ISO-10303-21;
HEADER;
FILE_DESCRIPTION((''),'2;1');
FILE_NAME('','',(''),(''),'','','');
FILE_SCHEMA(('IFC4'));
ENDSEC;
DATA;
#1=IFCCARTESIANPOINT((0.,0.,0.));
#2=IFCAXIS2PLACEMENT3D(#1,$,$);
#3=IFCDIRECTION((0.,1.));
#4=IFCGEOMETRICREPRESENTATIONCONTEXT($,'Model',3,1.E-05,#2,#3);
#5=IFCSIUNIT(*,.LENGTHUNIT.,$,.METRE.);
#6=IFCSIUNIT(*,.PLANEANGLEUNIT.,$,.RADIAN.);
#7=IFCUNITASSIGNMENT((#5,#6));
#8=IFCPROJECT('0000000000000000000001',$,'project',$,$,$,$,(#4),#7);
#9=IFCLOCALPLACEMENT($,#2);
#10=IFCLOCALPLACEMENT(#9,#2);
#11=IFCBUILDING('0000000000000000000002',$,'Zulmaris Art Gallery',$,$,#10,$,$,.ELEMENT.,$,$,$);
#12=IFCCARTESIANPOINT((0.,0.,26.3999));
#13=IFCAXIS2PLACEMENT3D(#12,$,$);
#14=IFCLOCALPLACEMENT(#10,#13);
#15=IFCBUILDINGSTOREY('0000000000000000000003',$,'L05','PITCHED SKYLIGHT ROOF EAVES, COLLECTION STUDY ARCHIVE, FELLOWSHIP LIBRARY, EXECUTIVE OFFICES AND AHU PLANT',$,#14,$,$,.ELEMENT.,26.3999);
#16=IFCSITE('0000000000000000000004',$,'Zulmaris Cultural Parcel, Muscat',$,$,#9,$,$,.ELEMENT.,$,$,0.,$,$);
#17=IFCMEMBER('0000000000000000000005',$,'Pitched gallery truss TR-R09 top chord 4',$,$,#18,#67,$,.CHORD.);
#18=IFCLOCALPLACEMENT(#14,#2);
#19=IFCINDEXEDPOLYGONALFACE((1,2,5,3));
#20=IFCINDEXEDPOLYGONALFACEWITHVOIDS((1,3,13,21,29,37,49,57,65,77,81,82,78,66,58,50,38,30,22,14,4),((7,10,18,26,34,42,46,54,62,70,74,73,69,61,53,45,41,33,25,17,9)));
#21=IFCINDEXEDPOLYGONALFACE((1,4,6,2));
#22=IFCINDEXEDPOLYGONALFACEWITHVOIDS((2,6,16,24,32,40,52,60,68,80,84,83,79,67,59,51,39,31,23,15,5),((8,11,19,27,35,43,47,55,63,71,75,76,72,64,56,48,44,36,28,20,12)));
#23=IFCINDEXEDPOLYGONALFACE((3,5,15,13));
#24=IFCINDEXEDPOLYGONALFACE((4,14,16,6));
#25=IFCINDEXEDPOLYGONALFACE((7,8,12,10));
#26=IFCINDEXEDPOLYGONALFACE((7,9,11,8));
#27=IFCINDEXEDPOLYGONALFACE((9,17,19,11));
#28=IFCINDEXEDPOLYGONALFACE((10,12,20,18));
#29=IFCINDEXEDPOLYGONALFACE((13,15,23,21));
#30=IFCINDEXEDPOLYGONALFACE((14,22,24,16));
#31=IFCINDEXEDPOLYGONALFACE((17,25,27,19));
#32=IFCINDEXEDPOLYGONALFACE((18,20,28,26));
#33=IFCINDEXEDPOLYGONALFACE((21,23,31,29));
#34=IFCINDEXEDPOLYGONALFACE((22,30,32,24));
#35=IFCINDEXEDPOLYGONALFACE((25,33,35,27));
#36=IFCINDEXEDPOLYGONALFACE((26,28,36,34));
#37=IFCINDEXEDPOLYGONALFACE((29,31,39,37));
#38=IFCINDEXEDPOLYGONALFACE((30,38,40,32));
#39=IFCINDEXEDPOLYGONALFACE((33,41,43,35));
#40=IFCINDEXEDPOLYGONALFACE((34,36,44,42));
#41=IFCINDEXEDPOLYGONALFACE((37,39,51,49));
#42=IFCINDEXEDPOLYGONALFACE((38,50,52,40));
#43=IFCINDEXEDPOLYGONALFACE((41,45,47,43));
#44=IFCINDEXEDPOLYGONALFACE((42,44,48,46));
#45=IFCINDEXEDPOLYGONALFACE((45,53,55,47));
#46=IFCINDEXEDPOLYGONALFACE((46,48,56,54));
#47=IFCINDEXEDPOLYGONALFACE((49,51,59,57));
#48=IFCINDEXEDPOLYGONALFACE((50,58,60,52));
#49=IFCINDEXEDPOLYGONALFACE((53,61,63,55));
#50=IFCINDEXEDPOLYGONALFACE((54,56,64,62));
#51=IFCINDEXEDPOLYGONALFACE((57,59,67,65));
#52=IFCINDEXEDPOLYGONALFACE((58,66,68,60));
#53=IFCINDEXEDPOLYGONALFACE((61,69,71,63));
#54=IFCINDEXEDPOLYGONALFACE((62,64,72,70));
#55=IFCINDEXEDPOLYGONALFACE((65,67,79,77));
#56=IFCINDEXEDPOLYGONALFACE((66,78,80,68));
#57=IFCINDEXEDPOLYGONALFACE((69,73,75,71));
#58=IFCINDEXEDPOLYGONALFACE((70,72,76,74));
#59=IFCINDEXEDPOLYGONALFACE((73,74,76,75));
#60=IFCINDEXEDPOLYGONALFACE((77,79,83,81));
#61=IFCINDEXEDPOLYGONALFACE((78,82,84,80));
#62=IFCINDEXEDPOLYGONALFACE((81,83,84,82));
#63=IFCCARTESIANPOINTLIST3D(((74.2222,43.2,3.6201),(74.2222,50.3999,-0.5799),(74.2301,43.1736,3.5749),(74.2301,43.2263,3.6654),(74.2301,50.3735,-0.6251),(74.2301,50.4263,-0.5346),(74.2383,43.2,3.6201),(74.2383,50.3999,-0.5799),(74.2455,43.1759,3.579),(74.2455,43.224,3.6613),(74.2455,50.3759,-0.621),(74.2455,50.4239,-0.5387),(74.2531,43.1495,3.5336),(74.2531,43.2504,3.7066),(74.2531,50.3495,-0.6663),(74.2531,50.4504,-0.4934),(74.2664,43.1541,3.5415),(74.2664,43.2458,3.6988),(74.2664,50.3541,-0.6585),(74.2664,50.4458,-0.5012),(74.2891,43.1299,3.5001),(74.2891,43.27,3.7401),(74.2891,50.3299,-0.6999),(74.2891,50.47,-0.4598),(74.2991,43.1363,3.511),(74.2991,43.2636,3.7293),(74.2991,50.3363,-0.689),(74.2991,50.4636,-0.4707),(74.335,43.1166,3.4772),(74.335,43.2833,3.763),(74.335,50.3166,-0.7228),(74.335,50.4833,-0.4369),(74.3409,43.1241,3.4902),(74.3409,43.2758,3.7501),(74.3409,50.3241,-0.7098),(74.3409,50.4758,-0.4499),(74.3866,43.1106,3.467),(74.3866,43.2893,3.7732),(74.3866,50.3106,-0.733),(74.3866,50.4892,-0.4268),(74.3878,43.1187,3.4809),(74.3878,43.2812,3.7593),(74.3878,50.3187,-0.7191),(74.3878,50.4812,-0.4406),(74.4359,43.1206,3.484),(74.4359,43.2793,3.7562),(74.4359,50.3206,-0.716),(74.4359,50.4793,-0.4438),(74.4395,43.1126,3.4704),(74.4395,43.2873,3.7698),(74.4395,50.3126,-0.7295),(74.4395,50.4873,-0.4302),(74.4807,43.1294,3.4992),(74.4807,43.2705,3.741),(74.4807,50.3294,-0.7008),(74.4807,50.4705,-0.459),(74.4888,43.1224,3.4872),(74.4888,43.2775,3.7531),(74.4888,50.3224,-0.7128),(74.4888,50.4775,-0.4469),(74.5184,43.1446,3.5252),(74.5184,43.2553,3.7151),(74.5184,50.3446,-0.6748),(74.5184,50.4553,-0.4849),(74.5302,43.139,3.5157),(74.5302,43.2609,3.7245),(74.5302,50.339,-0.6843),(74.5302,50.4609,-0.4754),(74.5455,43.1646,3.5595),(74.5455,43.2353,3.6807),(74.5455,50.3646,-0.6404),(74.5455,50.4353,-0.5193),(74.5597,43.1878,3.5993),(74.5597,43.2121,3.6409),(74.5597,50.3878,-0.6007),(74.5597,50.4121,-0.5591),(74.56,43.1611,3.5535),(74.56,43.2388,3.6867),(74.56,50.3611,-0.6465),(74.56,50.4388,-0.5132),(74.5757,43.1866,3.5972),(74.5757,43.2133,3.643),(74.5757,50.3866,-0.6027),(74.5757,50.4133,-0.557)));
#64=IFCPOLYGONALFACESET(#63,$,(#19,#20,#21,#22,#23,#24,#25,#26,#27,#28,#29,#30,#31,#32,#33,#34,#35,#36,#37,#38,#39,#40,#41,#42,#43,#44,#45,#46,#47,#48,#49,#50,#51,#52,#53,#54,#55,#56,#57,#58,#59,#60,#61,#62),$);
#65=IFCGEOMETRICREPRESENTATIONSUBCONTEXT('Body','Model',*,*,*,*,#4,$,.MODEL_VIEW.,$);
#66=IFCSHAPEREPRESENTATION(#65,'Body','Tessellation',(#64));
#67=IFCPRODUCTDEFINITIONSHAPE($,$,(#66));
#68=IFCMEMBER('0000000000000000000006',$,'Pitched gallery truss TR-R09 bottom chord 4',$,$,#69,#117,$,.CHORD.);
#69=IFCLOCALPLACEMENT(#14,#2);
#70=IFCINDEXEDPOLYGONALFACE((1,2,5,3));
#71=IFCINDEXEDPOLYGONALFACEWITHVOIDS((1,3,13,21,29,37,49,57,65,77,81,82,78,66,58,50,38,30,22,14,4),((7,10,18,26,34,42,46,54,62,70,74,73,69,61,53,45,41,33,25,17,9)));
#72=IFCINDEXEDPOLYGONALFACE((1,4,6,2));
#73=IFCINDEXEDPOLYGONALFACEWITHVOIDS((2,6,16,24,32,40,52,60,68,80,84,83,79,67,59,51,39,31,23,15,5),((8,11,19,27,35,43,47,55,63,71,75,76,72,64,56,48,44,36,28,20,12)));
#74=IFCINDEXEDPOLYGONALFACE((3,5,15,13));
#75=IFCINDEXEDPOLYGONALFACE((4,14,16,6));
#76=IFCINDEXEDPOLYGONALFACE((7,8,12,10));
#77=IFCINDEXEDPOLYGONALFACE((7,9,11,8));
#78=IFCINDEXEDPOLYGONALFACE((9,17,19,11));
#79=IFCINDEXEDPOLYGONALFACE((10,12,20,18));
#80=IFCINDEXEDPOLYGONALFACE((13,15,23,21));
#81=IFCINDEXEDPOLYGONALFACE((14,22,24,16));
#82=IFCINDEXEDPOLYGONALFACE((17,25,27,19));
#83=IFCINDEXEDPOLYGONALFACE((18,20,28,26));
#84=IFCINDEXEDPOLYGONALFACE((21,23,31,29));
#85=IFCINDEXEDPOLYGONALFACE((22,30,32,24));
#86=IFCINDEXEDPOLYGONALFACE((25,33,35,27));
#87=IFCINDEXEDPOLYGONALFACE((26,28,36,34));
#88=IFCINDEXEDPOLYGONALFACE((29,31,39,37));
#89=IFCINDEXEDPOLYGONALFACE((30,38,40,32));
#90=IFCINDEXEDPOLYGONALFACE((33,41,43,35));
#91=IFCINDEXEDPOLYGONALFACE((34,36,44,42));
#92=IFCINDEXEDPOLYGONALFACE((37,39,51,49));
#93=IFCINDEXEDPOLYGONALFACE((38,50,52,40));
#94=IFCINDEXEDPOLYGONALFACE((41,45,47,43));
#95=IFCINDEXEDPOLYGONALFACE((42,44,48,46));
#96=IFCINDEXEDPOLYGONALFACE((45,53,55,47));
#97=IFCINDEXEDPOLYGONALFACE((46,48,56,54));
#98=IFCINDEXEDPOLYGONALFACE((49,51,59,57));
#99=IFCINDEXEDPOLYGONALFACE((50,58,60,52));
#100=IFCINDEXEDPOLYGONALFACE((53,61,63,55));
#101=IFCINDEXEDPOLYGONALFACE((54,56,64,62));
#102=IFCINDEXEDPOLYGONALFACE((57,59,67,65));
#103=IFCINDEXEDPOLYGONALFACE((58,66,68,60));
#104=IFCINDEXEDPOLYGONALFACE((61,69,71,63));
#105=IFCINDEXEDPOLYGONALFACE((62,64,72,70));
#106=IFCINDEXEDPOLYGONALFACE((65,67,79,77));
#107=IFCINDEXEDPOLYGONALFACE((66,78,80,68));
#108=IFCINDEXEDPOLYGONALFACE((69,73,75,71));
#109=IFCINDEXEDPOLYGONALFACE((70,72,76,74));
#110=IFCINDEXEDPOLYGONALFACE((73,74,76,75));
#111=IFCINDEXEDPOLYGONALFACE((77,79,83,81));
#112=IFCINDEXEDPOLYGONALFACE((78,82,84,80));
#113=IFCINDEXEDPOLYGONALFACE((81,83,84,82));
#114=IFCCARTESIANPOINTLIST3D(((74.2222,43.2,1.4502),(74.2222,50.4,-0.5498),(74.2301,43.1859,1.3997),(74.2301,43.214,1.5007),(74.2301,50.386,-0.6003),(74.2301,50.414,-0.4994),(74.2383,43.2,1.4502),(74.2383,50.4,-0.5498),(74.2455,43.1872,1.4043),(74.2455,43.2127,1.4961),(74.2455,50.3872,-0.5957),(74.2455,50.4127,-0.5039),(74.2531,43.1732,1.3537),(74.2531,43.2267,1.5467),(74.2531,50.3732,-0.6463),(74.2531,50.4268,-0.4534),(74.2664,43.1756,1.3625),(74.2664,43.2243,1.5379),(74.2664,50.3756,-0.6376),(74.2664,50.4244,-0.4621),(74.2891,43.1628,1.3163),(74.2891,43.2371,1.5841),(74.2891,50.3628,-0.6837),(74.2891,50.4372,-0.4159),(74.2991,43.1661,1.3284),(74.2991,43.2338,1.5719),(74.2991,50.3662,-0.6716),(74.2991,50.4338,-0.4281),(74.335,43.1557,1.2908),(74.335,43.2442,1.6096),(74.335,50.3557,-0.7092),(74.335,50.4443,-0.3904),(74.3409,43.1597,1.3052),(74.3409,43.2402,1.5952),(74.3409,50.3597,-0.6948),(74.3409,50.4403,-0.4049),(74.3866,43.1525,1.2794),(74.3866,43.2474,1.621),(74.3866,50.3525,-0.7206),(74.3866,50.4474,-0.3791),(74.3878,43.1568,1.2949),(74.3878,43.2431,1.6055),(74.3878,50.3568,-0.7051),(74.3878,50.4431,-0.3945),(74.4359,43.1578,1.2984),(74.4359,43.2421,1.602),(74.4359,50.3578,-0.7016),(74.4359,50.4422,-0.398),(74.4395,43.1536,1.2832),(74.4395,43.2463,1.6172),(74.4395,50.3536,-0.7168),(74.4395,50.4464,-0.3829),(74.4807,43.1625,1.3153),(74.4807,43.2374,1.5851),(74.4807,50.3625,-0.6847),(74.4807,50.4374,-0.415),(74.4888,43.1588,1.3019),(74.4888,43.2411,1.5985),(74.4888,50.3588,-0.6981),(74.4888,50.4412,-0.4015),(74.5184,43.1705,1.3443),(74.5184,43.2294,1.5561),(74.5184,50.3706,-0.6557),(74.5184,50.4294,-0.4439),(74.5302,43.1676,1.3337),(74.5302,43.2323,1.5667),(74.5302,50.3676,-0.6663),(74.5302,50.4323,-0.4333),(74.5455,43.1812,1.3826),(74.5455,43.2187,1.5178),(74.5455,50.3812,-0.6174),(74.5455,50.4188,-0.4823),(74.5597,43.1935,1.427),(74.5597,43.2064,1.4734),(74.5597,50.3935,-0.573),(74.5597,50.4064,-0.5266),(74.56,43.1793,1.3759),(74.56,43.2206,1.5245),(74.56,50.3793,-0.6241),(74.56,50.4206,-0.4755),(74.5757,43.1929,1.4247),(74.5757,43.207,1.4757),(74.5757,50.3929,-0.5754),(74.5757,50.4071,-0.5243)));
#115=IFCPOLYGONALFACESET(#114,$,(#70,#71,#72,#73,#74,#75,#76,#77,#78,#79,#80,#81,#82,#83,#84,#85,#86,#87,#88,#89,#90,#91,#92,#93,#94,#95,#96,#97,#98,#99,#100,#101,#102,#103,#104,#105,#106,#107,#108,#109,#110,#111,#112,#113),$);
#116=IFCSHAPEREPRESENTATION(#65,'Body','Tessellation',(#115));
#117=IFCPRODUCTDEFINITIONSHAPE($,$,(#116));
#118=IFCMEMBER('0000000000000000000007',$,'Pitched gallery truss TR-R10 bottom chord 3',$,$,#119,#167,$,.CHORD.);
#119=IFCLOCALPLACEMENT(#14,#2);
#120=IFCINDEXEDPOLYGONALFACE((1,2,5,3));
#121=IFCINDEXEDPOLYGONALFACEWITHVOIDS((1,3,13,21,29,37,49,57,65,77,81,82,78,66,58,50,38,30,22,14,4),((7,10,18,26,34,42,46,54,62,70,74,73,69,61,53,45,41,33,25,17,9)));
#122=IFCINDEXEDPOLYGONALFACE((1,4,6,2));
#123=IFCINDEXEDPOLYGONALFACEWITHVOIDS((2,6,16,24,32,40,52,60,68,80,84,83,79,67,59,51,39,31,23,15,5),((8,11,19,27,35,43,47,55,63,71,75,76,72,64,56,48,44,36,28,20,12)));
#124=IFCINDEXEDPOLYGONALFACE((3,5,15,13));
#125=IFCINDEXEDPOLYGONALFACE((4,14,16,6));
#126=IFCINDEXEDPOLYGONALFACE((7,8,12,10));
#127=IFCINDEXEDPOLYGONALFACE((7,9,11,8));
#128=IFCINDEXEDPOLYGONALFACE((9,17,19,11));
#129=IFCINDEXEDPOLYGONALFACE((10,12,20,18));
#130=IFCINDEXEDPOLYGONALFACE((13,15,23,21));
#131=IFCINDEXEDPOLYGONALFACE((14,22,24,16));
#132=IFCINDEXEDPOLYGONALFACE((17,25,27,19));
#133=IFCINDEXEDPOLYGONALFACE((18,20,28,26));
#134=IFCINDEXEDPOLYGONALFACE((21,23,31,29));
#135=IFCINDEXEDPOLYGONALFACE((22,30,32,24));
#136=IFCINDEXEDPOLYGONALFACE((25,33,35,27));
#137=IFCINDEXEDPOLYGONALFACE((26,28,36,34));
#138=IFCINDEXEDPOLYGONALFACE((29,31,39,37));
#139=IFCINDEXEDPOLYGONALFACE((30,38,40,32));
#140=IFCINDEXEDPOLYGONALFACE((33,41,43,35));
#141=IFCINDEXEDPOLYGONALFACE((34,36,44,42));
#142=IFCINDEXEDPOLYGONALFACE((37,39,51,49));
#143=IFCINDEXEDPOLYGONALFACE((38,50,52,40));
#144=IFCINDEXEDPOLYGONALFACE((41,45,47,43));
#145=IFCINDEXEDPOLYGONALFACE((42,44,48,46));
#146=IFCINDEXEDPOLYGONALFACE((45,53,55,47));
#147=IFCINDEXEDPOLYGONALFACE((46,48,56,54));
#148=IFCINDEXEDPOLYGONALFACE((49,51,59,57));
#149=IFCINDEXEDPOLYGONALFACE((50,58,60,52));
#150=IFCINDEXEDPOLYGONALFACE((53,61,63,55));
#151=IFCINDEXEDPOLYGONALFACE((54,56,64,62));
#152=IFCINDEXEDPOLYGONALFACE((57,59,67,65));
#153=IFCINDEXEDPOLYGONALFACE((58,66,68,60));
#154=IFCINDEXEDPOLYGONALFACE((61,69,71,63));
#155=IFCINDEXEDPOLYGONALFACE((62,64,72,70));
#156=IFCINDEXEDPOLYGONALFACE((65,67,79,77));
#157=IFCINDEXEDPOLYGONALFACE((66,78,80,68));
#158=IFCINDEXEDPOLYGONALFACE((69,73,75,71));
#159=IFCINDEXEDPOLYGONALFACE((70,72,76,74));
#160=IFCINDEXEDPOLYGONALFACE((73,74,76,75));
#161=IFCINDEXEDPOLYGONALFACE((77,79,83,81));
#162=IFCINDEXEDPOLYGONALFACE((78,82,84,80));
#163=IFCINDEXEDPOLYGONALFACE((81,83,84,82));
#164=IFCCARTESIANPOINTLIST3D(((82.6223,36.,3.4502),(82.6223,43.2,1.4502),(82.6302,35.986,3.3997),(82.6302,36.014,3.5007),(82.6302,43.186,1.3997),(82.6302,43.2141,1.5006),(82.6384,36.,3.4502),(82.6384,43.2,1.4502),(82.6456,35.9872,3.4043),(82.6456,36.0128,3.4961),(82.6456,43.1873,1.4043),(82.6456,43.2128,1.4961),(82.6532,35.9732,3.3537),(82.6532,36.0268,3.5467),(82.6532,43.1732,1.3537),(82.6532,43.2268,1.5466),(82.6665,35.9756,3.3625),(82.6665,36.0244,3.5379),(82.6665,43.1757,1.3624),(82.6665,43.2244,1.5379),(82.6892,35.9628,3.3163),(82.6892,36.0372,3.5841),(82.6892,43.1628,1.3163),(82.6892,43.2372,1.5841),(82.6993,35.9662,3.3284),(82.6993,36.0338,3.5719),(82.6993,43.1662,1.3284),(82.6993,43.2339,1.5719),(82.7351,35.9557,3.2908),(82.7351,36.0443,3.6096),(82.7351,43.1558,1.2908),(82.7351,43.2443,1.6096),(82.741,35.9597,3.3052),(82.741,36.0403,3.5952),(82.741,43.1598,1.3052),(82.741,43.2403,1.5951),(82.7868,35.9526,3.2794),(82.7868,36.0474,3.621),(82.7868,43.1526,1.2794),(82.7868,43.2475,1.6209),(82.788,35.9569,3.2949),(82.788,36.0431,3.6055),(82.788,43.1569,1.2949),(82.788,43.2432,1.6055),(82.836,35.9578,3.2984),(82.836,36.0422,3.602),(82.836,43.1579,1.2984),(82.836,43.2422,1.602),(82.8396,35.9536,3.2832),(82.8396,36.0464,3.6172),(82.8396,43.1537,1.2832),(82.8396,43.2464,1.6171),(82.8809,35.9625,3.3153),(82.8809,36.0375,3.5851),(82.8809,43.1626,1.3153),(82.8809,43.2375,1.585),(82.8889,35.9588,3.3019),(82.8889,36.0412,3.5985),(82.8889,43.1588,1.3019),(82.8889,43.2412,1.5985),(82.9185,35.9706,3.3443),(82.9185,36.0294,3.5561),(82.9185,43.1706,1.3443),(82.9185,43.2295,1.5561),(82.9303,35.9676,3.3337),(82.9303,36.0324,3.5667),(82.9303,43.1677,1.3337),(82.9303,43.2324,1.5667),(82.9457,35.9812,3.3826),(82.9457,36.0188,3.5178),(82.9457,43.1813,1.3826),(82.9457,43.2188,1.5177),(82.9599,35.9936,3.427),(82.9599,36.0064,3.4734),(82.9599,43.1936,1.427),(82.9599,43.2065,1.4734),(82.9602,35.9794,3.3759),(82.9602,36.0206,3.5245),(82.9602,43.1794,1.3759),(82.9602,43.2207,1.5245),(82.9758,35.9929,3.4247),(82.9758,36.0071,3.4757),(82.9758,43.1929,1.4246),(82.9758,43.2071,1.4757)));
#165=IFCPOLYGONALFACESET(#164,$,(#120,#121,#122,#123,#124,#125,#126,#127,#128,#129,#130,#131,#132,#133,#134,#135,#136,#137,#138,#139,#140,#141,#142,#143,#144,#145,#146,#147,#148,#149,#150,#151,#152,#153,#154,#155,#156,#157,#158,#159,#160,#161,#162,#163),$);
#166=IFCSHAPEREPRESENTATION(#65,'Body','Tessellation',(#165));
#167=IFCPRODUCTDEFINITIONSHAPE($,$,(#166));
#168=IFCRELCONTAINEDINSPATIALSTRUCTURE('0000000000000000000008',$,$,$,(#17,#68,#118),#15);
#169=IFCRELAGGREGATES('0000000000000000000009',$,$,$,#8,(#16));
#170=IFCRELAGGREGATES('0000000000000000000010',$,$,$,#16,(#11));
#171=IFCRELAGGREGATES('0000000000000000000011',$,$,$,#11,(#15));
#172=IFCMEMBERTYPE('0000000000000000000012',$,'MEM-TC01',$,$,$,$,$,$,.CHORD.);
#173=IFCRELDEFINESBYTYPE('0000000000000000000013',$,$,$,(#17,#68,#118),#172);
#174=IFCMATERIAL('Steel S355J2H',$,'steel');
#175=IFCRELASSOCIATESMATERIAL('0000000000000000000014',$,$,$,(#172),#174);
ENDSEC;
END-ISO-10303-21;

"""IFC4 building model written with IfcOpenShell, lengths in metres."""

from ifc_helpers import new_model, si_unit, direction, frame, origin, origin_2d, place, context, subcontext, project, spatial, hollow_circle, extrude, material, material_profile, profile_set, type_object, element, save


model = new_model("IFC4")

# Units and contexts
model_context = context("Model", 3, precision=1e-05, world=origin(), true_north=direction((0.0, 1.0)))
body_context = subcontext(model_context, "Body", "Model", "MODEL_VIEW")
ifc_project = project(units=[si_unit("LENGTHUNIT", "METRE"), si_unit("PLANEANGLEUNIT", "RADIAN")], contexts=[model_context])

# Site, building, storey
site_placement = place(None, origin())
site = spatial("IfcSite", under=ifc_project, at=site_placement, Name="Zulmaris Cultural Parcel, Muscat", CompositionType="ELEMENT", RefElevation=0.0)
building_placement = place(site_placement, origin())
building = spatial("IfcBuilding", under=site, at=building_placement, Name="Zulmaris Art Gallery", CompositionType="ELEMENT")
storey_placement = place(building_placement, frame((0.0, 0.0, 26.3999)))
storey = spatial("IfcBuildingStorey", under=building, at=storey_placement, Name="L05", Description="PITCHED SKYLIGHT ROOF EAVES, COLLECTION STUDY ARCHIVE, FELLOWSHIP LIBRARY, EXECUTIVE OFFICES AND AHU PLANT", CompositionType="ELEMENT", Elevation=26.3999)

# Members
ifc_material_1 = material(Name="Steel S355J2H", Category="steel")
ifc_material_profile_1 = material_profile(ifc_material_1, hollow_circle(Radius=0.1777, WallThickness=0.0161, at=origin_2d()), Name="CHS 355.6x16")
ifc_profile_set_1 = profile_set([ifc_material_profile_1], Name="Steel S355J2H")
member_type_1 = type_object("IfcMemberType", Name="MEM-TC01", PredefinedType="CHORD", material=ifc_profile_set_1)
member_1_placement = place(storey_placement, frame((74.3999, 43.2, 3.6201), z_axis=(0.0, 0.86378, -0.503869), x_axis=(-1.0, 0.0, 0.0)))
element("IfcMember", 1, at=member_1_placement, inside=storey, type_object=member_type_1, Name="Pitched gallery truss TR-R09 top chord 4", PredefinedType="CHORD", context=body_context, shape_type="SweptSolid", body=[
    extrude(hollow_circle(Radius=0.1777, WallThickness=0.0161, at=origin_2d()), origin(), (0.0, 0.0, 1.0), 8.3354),
])
for number, where, z_axis, x_axis, name in (
    (2, (74.3999, 43.2, 1.4502), (0.0, 0.963517, -0.267646), (-1.0, 0.0, 0.0), "Pitched gallery truss TR-R09 bottom chord 4"),
    (3, (82.8, 36.0, 3.4502), (0.0, 0.963517, -0.267646), (-1.0, 0.0, 0.0), "Pitched gallery truss TR-R10 bottom chord 3"),
):
    element("IfcMember", number, at=place(storey_placement, frame(where, z_axis=z_axis, x_axis=x_axis)), inside=storey, type_object=member_type_1, Name=name, PredefinedType="CHORD", context=body_context, shape_type="SweptSolid", body=[
        extrude(hollow_circle(Radius=0.1777, WallThickness=0.0161, at=origin_2d()), origin(), (0.0, 0.0, 1.0), 7.4727),
    ])

save(model, "model.ifc")
